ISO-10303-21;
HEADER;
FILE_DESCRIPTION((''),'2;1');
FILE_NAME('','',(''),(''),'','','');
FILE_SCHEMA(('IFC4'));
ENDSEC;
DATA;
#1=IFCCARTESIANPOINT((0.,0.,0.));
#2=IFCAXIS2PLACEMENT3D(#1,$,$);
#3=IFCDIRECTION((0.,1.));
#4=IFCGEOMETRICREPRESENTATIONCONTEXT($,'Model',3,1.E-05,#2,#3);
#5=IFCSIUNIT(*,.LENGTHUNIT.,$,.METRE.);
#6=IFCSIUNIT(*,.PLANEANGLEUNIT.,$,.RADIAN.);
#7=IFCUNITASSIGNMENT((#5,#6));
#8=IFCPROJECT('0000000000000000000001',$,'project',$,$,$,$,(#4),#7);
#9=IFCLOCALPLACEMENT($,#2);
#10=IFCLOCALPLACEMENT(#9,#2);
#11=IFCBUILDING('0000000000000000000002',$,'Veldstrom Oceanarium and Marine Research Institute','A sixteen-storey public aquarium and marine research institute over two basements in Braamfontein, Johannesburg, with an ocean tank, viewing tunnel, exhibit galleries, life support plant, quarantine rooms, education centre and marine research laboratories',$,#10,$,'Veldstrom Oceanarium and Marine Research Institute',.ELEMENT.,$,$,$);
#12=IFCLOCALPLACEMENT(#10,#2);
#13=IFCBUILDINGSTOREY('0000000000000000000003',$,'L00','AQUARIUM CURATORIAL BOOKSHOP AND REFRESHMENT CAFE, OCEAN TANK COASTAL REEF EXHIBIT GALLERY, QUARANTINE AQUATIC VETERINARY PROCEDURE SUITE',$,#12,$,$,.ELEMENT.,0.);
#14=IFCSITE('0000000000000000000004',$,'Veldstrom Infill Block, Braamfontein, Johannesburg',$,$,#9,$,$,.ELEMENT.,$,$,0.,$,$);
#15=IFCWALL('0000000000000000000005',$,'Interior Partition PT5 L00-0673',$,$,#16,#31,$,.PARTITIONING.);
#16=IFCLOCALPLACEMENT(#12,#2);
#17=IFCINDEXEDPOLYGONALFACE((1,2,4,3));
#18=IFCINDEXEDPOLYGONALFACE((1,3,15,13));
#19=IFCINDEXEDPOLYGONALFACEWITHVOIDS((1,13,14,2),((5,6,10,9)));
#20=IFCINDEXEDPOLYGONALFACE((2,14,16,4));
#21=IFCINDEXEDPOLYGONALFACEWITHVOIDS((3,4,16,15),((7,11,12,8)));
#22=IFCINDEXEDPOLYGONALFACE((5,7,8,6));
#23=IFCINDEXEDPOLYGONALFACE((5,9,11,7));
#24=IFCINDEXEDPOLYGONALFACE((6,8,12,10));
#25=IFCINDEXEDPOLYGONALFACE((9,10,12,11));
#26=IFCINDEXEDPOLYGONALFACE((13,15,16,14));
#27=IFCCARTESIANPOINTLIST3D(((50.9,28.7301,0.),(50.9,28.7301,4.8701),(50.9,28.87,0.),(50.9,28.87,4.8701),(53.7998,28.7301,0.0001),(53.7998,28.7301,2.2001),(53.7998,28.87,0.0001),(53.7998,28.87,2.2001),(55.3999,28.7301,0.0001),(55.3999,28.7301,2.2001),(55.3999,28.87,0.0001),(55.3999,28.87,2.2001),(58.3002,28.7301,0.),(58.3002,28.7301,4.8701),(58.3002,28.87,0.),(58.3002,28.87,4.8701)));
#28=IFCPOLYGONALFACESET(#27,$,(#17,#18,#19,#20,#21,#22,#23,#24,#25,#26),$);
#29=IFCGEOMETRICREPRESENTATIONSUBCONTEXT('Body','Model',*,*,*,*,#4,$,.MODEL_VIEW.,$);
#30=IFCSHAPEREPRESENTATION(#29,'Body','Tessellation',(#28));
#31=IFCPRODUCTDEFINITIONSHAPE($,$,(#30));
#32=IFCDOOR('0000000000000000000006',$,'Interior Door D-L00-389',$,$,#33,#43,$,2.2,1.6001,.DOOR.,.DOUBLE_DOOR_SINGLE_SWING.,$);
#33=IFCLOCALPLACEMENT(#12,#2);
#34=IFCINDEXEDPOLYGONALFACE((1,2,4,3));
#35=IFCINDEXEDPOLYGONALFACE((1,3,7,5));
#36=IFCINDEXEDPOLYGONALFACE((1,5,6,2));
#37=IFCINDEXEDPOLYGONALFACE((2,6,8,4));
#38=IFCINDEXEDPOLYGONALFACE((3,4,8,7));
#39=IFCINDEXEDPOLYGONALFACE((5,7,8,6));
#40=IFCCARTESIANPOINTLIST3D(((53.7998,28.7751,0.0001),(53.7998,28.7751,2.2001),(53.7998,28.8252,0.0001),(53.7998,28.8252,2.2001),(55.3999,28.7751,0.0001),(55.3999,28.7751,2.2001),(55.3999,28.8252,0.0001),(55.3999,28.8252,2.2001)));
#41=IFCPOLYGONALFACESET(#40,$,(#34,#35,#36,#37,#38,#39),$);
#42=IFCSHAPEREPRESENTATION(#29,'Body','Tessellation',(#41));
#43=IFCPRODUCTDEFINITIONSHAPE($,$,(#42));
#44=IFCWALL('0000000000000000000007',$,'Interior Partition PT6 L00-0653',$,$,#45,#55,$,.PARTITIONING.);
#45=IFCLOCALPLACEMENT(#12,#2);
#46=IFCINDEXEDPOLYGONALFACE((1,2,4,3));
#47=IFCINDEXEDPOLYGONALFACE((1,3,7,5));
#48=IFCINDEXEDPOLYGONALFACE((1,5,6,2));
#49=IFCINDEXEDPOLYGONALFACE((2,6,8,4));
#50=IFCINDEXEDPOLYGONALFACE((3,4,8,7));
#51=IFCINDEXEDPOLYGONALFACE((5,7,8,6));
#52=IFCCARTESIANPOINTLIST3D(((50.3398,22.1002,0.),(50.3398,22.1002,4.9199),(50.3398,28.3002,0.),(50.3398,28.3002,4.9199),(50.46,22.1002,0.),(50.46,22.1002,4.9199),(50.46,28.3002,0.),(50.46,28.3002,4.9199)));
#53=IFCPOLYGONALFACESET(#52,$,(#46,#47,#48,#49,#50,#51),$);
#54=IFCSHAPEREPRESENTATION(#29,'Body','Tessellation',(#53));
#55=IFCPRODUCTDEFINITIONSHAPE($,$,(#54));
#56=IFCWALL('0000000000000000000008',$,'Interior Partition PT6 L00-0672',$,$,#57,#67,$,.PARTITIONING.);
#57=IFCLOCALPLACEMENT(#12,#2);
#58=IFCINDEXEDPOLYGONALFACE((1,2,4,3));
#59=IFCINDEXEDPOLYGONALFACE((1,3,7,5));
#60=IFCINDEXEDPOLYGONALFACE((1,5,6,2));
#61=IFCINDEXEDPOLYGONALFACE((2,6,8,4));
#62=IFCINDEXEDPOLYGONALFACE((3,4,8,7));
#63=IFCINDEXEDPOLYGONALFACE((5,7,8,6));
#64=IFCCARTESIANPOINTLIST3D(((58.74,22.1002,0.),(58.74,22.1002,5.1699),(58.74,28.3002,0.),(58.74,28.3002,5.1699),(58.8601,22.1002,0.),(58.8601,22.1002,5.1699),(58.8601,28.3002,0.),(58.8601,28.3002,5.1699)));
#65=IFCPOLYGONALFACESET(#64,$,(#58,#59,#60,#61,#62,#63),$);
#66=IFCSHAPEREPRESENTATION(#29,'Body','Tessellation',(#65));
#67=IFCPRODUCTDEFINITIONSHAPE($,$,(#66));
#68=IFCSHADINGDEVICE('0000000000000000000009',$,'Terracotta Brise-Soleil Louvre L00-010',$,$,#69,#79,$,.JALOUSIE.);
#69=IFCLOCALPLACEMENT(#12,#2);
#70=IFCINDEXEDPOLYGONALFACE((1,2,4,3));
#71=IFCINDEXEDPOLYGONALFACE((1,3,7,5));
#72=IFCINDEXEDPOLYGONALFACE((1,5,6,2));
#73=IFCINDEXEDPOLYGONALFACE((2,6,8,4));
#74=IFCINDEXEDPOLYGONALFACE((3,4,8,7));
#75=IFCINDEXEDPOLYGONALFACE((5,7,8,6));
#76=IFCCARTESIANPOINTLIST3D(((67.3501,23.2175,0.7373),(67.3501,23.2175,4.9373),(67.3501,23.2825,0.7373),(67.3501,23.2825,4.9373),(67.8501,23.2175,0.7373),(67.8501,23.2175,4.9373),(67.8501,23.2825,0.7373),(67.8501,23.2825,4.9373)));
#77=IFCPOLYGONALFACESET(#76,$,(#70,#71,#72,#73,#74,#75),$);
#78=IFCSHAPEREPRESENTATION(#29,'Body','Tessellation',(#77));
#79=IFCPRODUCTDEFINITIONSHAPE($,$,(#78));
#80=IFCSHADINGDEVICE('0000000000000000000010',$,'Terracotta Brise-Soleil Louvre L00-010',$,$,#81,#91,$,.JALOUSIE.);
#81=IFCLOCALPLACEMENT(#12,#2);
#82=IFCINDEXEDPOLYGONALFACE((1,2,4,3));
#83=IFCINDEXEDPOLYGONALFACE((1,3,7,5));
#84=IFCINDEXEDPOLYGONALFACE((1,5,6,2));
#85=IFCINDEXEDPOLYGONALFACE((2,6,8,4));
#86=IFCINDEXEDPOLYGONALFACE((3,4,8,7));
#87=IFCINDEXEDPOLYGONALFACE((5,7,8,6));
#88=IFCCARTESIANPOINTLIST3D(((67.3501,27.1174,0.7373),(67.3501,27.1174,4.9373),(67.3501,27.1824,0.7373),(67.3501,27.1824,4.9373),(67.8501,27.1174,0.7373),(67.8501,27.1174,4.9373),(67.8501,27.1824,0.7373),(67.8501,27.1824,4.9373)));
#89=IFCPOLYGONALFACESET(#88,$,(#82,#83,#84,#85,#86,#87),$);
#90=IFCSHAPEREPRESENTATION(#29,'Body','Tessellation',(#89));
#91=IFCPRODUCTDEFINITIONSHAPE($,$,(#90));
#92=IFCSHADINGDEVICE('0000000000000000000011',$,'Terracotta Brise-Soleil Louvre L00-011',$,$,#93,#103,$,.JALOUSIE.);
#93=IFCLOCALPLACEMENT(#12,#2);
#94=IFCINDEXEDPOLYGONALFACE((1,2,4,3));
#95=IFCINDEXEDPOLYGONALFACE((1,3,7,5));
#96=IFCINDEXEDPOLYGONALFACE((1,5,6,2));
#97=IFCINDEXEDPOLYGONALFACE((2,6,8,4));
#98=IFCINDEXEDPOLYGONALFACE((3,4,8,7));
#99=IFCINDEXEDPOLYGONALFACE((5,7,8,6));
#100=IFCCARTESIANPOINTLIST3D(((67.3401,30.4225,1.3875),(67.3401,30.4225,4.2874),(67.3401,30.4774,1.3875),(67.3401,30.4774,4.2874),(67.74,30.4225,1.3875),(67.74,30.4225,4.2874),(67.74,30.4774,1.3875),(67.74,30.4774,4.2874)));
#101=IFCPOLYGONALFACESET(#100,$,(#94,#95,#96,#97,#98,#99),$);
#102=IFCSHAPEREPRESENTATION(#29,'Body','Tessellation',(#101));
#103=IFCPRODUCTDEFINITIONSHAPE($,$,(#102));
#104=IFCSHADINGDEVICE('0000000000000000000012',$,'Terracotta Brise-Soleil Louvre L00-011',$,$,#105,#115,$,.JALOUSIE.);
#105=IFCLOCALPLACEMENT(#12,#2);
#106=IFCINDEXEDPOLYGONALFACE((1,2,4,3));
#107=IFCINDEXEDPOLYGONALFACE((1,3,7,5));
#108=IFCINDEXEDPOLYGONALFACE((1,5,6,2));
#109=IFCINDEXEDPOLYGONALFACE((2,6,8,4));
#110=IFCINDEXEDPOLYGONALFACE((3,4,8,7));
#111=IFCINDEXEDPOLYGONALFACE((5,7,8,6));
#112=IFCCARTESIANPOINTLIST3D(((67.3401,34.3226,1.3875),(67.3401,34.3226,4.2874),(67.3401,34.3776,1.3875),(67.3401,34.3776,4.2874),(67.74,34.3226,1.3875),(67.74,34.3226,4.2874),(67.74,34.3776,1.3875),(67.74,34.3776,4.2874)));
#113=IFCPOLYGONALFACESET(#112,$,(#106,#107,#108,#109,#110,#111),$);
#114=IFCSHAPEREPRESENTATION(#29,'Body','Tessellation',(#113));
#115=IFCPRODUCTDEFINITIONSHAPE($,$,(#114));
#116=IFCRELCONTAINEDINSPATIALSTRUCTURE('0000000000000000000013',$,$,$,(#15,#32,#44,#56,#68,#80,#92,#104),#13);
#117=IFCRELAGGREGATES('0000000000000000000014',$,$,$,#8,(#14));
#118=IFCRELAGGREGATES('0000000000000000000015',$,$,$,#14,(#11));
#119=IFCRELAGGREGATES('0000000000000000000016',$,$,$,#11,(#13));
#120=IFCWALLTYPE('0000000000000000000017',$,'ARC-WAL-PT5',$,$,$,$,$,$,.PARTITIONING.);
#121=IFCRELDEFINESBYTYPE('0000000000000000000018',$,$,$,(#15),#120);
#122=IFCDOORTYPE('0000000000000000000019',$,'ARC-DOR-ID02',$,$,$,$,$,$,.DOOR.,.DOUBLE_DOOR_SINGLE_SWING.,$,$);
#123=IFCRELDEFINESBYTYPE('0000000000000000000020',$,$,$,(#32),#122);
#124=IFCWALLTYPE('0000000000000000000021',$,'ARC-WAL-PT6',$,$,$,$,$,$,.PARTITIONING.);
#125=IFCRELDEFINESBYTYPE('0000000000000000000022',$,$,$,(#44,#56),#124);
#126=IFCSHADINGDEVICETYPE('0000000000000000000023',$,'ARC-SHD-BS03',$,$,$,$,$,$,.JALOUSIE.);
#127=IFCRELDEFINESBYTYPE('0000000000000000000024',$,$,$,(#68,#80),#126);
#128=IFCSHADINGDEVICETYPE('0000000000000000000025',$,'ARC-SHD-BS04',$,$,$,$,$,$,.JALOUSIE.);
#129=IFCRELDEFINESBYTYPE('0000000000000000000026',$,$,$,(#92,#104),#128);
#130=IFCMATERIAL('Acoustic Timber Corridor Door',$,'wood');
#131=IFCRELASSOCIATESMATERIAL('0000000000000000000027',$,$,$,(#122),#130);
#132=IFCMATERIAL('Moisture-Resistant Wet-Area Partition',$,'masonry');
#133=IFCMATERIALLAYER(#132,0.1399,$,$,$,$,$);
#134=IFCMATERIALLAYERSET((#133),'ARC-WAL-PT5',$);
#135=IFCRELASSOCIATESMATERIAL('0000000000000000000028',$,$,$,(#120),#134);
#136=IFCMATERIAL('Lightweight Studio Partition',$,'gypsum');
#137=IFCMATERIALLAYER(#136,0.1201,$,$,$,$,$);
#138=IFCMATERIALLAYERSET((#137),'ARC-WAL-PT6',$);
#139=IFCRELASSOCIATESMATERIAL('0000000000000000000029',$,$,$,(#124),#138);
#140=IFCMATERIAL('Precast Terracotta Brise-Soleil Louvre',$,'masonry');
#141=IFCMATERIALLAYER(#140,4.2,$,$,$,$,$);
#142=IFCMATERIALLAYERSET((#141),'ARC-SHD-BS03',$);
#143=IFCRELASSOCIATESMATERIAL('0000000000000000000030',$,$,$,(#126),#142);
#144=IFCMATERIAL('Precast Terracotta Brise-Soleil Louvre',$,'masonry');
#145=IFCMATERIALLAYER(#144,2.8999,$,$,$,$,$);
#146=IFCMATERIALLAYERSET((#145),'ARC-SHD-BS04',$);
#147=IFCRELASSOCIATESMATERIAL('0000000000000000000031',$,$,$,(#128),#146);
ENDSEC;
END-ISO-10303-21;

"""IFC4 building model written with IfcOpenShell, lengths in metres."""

from ifc_helpers import new_model, si_unit, direction, frame, frame_2d, origin, origin_2d, place, context, subcontext, project, spatial, rectangle, extrude, material, layer, layer_set, type_object, element, fill, save


model = new_model("IFC4")

# Units and contexts
model_context = context("Model", 3, precision=1e-05, world=origin(), true_north=direction((0.0, 1.0)))
body_context = subcontext(model_context, "Body", "Model", "MODEL_VIEW")
ifc_project = project(units=[si_unit("LENGTHUNIT", "METRE"), si_unit("PLANEANGLEUNIT", "RADIAN")], contexts=[model_context])

# Site, building, storey
site_placement = place(None, origin())
site = spatial("IfcSite", under=ifc_project, at=site_placement, Name="Veldstrom Infill Block, Braamfontein, Johannesburg", CompositionType="ELEMENT", RefElevation=0.0)
building_placement = place(site_placement, origin())
building = spatial("IfcBuilding", under=site, at=building_placement, Name="Veldstrom Oceanarium and Marine Research Institute", Description="A sixteen-storey public aquarium and marine research institute over two basements in Braamfontein, Johannesburg, with an ocean tank, viewing tunnel, exhibit galleries, life support plant, quarantine rooms, education centre and marine research laboratories", LongName="Veldstrom Oceanarium and Marine Research Institute", CompositionType="ELEMENT")
storey_placement = place(building_placement, origin())
storey = spatial("IfcBuildingStorey", under=building, at=storey_placement, Name="L00", Description="AQUARIUM CURATORIAL BOOKSHOP AND REFRESHMENT CAFE, OCEAN TANK COASTAL REEF EXHIBIT GALLERY, QUARANTINE AQUATIC VETERINARY PROCEDURE SUITE", CompositionType="ELEMENT", Elevation=0.0)

# Wall, opening, door
ifc_material_1 = material(Name="Acoustic Timber Corridor Door", Category="wood")
door_type_1 = type_object("IfcDoorType", Name="ARC-DOR-ID02", OperationType="DOUBLE_DOOR_SINGLE_SWING", PredefinedType="DOOR", material=ifc_material_1)
ifc_material_2 = material(Name="Moisture-Resistant Wet-Area Partition", Category="masonry")
ifc_layer_1 = layer(ifc_material_2, 0.1399)
ifc_layer_set_1 = layer_set([ifc_layer_1], Name="ARC-WAL-PT5")
wall_type_1 = type_object("IfcWallType", Name="ARC-WAL-PT5", PredefinedType="PARTITIONING", material=ifc_layer_set_1)
wall_1_placement = place(storey_placement, frame((50.8999, 28.8, 0.0), z_axis=(0.0, 0.0, 1.0), x_axis=(1.0, 0.0, 0.0)))
wall_1 = element("IfcWall", 1, at=wall_1_placement, inside=storey, type_object=wall_type_1, Name="Interior Partition PT5 L00-0673", PredefinedType="PARTITIONING", context=body_context, shape_type="SweptSolid", body=[
    extrude(rectangle(XDim=7.4001, YDim=0.1399, at=frame_2d((3.7002, 0.0))), origin(), (0.0, 0.0, 1.0), 4.8701),
])
opening_1_placement = place(wall_1_placement, frame((2.8999, 0.0, 0.0)))
opening_1 = element("IfcOpeningElement", 2, at=opening_1_placement, cuts=wall_1, PredefinedType="OPENING", context=body_context, shape_type="SweptSolid", body=[
    extrude(rectangle(XDim=1.6001, YDim=2.2, at=frame_2d((0.8, 1.1001))), frame((0.0, 0.0798, 0.0), z_axis=(0.0, -1.0, 0.0), x_axis=(1.0, 0.0, 0.0)), (0.0, 0.0, 1.0), 0.1599),
])
door_1_placement = place(opening_1_placement, frame((1.6001, 0.0, 0.0), z_axis=(0.0, 0.0, 1.0), x_axis=(-1.0, 0.0, 0.0)))
door_1 = element("IfcDoor", 3, at=door_1_placement, inside=storey, type_object=door_type_1, Name="Interior Door D-L00-389", OperationType="DOUBLE_DOOR_SINGLE_SWING", OverallHeight=2.2, OverallWidth=1.6001, PredefinedType="DOOR", context=body_context, shape_type="SweptSolid", body=[
    extrude(rectangle(XDim=1.6001, YDim=2.2, at=frame_2d((0.8, 1.1001))), frame((0.0, 0.0249, 0.0), z_axis=(0.0, -1.0, 0.0), x_axis=(1.0, 0.0, 0.0)), (0.0, 0.0, 1.0), 0.05),
])
fill(opening_1, door_1)

# Walls
ifc_material_3 = material(Name="Lightweight Studio Partition", Category="gypsum")
ifc_layer_2 = layer(ifc_material_3, 0.1201)
ifc_layer_set_2 = layer_set([ifc_layer_2], Name="ARC-WAL-PT6")
wall_type_2 = type_object("IfcWallType", Name="ARC-WAL-PT6", PredefinedType="PARTITIONING", material=ifc_layer_set_2)
wall_2_placement = place(storey_placement, frame((50.3999, 22.1001, 0.0), z_axis=(0.0, 0.0, 1.0), x_axis=(0.0, 1.0, 0.0)))
element("IfcWall", 4, at=wall_2_placement, inside=storey, type_object=wall_type_2, Name="Interior Partition PT6 L00-0653", PredefinedType="PARTITIONING", context=body_context, shape_type="SweptSolid", body=[
    extrude(rectangle(XDim=6.2, YDim=0.1201, at=frame_2d((3.1001, 0.0))), origin(), (0.0, 0.0, 1.0), 4.9199),
])
wall_3_placement = place(storey_placement, frame((58.8, 22.1001, 0.0), z_axis=(0.0, 0.0, 1.0), x_axis=(0.0, 1.0, 0.0)))
element("IfcWall", 5, at=wall_3_placement, inside=storey, type_object=wall_type_2, Name="Interior Partition PT6 L00-0672", PredefinedType="PARTITIONING", context=body_context, shape_type="SweptSolid", body=[
    extrude(rectangle(XDim=6.2, YDim=0.1201, at=frame_2d((3.1001, 0.0))), origin(), (0.0, 0.0, 1.0), 5.1699),
])

# Shading devices
ifc_material_4 = material(Name="Precast Terracotta Brise-Soleil Louvre", Category="masonry")
ifc_layer_3 = layer(ifc_material_4, 4.2)
ifc_layer_set_3 = layer_set([ifc_layer_3], Name="ARC-SHD-BS03")
shading_device_type_1 = type_object("IfcShadingDeviceType", Name="ARC-SHD-BS03", PredefinedType="JALOUSIE", material=ifc_layer_set_3)
for number, where, z_axis, x_axis, name in (
    (6, (67.6001, 23.25, 0.7373), (0.0, 0.0, 1.0), (1.0, 0.0, 0.0), "Terracotta Brise-Soleil Louvre L00-010"),
    (7, (67.6001, 27.1499, 0.7373), (0.0, 0.0, 1.0), (1.0, 0.0, 0.0), "Terracotta Brise-Soleil Louvre L00-010"),
):
    element("IfcShadingDevice", number, at=place(storey_placement, frame(where, z_axis=z_axis, x_axis=x_axis)), inside=storey, type_object=shading_device_type_1, Name=name, PredefinedType="JALOUSIE", context=body_context, shape_type="SweptSolid", body=[
        extrude(rectangle(XDim=0.5, YDim=0.0649, at=origin_2d()), origin(), (0.0, 0.0, 1.0), 4.2),
    ])
ifc_material_5 = material(Name="Precast Terracotta Brise-Soleil Louvre", Category="masonry")
ifc_layer_4 = layer(ifc_material_5, 2.8999)
ifc_layer_set_4 = layer_set([ifc_layer_4], Name="ARC-SHD-BS04")
shading_device_type_2 = type_object("IfcShadingDeviceType", Name="ARC-SHD-BS04", PredefinedType="JALOUSIE", material=ifc_layer_set_4)
for number, where, z_axis, x_axis, name in (
    (8, (67.54, 30.45, 1.3875), (0.0, 0.0, 1.0), (1.0, 0.0, 0.0), "Terracotta Brise-Soleil Louvre L00-011"),
    (9, (67.54, 34.3501, 1.3875), (0.0, 0.0, 1.0), (1.0, 0.0, 0.0), "Terracotta Brise-Soleil Louvre L00-011"),
):
    element("IfcShadingDevice", number, at=place(storey_placement, frame(where, z_axis=z_axis, x_axis=x_axis)), inside=storey, type_object=shading_device_type_2, Name=name, PredefinedType="JALOUSIE", context=body_context, shape_type="SweptSolid", body=[
        extrude(rectangle(XDim=0.3999, YDim=0.0549, at=origin_2d()), origin(), (0.0, 0.0, 1.0), 2.8999),
    ])

save(model, "model.ifc")
